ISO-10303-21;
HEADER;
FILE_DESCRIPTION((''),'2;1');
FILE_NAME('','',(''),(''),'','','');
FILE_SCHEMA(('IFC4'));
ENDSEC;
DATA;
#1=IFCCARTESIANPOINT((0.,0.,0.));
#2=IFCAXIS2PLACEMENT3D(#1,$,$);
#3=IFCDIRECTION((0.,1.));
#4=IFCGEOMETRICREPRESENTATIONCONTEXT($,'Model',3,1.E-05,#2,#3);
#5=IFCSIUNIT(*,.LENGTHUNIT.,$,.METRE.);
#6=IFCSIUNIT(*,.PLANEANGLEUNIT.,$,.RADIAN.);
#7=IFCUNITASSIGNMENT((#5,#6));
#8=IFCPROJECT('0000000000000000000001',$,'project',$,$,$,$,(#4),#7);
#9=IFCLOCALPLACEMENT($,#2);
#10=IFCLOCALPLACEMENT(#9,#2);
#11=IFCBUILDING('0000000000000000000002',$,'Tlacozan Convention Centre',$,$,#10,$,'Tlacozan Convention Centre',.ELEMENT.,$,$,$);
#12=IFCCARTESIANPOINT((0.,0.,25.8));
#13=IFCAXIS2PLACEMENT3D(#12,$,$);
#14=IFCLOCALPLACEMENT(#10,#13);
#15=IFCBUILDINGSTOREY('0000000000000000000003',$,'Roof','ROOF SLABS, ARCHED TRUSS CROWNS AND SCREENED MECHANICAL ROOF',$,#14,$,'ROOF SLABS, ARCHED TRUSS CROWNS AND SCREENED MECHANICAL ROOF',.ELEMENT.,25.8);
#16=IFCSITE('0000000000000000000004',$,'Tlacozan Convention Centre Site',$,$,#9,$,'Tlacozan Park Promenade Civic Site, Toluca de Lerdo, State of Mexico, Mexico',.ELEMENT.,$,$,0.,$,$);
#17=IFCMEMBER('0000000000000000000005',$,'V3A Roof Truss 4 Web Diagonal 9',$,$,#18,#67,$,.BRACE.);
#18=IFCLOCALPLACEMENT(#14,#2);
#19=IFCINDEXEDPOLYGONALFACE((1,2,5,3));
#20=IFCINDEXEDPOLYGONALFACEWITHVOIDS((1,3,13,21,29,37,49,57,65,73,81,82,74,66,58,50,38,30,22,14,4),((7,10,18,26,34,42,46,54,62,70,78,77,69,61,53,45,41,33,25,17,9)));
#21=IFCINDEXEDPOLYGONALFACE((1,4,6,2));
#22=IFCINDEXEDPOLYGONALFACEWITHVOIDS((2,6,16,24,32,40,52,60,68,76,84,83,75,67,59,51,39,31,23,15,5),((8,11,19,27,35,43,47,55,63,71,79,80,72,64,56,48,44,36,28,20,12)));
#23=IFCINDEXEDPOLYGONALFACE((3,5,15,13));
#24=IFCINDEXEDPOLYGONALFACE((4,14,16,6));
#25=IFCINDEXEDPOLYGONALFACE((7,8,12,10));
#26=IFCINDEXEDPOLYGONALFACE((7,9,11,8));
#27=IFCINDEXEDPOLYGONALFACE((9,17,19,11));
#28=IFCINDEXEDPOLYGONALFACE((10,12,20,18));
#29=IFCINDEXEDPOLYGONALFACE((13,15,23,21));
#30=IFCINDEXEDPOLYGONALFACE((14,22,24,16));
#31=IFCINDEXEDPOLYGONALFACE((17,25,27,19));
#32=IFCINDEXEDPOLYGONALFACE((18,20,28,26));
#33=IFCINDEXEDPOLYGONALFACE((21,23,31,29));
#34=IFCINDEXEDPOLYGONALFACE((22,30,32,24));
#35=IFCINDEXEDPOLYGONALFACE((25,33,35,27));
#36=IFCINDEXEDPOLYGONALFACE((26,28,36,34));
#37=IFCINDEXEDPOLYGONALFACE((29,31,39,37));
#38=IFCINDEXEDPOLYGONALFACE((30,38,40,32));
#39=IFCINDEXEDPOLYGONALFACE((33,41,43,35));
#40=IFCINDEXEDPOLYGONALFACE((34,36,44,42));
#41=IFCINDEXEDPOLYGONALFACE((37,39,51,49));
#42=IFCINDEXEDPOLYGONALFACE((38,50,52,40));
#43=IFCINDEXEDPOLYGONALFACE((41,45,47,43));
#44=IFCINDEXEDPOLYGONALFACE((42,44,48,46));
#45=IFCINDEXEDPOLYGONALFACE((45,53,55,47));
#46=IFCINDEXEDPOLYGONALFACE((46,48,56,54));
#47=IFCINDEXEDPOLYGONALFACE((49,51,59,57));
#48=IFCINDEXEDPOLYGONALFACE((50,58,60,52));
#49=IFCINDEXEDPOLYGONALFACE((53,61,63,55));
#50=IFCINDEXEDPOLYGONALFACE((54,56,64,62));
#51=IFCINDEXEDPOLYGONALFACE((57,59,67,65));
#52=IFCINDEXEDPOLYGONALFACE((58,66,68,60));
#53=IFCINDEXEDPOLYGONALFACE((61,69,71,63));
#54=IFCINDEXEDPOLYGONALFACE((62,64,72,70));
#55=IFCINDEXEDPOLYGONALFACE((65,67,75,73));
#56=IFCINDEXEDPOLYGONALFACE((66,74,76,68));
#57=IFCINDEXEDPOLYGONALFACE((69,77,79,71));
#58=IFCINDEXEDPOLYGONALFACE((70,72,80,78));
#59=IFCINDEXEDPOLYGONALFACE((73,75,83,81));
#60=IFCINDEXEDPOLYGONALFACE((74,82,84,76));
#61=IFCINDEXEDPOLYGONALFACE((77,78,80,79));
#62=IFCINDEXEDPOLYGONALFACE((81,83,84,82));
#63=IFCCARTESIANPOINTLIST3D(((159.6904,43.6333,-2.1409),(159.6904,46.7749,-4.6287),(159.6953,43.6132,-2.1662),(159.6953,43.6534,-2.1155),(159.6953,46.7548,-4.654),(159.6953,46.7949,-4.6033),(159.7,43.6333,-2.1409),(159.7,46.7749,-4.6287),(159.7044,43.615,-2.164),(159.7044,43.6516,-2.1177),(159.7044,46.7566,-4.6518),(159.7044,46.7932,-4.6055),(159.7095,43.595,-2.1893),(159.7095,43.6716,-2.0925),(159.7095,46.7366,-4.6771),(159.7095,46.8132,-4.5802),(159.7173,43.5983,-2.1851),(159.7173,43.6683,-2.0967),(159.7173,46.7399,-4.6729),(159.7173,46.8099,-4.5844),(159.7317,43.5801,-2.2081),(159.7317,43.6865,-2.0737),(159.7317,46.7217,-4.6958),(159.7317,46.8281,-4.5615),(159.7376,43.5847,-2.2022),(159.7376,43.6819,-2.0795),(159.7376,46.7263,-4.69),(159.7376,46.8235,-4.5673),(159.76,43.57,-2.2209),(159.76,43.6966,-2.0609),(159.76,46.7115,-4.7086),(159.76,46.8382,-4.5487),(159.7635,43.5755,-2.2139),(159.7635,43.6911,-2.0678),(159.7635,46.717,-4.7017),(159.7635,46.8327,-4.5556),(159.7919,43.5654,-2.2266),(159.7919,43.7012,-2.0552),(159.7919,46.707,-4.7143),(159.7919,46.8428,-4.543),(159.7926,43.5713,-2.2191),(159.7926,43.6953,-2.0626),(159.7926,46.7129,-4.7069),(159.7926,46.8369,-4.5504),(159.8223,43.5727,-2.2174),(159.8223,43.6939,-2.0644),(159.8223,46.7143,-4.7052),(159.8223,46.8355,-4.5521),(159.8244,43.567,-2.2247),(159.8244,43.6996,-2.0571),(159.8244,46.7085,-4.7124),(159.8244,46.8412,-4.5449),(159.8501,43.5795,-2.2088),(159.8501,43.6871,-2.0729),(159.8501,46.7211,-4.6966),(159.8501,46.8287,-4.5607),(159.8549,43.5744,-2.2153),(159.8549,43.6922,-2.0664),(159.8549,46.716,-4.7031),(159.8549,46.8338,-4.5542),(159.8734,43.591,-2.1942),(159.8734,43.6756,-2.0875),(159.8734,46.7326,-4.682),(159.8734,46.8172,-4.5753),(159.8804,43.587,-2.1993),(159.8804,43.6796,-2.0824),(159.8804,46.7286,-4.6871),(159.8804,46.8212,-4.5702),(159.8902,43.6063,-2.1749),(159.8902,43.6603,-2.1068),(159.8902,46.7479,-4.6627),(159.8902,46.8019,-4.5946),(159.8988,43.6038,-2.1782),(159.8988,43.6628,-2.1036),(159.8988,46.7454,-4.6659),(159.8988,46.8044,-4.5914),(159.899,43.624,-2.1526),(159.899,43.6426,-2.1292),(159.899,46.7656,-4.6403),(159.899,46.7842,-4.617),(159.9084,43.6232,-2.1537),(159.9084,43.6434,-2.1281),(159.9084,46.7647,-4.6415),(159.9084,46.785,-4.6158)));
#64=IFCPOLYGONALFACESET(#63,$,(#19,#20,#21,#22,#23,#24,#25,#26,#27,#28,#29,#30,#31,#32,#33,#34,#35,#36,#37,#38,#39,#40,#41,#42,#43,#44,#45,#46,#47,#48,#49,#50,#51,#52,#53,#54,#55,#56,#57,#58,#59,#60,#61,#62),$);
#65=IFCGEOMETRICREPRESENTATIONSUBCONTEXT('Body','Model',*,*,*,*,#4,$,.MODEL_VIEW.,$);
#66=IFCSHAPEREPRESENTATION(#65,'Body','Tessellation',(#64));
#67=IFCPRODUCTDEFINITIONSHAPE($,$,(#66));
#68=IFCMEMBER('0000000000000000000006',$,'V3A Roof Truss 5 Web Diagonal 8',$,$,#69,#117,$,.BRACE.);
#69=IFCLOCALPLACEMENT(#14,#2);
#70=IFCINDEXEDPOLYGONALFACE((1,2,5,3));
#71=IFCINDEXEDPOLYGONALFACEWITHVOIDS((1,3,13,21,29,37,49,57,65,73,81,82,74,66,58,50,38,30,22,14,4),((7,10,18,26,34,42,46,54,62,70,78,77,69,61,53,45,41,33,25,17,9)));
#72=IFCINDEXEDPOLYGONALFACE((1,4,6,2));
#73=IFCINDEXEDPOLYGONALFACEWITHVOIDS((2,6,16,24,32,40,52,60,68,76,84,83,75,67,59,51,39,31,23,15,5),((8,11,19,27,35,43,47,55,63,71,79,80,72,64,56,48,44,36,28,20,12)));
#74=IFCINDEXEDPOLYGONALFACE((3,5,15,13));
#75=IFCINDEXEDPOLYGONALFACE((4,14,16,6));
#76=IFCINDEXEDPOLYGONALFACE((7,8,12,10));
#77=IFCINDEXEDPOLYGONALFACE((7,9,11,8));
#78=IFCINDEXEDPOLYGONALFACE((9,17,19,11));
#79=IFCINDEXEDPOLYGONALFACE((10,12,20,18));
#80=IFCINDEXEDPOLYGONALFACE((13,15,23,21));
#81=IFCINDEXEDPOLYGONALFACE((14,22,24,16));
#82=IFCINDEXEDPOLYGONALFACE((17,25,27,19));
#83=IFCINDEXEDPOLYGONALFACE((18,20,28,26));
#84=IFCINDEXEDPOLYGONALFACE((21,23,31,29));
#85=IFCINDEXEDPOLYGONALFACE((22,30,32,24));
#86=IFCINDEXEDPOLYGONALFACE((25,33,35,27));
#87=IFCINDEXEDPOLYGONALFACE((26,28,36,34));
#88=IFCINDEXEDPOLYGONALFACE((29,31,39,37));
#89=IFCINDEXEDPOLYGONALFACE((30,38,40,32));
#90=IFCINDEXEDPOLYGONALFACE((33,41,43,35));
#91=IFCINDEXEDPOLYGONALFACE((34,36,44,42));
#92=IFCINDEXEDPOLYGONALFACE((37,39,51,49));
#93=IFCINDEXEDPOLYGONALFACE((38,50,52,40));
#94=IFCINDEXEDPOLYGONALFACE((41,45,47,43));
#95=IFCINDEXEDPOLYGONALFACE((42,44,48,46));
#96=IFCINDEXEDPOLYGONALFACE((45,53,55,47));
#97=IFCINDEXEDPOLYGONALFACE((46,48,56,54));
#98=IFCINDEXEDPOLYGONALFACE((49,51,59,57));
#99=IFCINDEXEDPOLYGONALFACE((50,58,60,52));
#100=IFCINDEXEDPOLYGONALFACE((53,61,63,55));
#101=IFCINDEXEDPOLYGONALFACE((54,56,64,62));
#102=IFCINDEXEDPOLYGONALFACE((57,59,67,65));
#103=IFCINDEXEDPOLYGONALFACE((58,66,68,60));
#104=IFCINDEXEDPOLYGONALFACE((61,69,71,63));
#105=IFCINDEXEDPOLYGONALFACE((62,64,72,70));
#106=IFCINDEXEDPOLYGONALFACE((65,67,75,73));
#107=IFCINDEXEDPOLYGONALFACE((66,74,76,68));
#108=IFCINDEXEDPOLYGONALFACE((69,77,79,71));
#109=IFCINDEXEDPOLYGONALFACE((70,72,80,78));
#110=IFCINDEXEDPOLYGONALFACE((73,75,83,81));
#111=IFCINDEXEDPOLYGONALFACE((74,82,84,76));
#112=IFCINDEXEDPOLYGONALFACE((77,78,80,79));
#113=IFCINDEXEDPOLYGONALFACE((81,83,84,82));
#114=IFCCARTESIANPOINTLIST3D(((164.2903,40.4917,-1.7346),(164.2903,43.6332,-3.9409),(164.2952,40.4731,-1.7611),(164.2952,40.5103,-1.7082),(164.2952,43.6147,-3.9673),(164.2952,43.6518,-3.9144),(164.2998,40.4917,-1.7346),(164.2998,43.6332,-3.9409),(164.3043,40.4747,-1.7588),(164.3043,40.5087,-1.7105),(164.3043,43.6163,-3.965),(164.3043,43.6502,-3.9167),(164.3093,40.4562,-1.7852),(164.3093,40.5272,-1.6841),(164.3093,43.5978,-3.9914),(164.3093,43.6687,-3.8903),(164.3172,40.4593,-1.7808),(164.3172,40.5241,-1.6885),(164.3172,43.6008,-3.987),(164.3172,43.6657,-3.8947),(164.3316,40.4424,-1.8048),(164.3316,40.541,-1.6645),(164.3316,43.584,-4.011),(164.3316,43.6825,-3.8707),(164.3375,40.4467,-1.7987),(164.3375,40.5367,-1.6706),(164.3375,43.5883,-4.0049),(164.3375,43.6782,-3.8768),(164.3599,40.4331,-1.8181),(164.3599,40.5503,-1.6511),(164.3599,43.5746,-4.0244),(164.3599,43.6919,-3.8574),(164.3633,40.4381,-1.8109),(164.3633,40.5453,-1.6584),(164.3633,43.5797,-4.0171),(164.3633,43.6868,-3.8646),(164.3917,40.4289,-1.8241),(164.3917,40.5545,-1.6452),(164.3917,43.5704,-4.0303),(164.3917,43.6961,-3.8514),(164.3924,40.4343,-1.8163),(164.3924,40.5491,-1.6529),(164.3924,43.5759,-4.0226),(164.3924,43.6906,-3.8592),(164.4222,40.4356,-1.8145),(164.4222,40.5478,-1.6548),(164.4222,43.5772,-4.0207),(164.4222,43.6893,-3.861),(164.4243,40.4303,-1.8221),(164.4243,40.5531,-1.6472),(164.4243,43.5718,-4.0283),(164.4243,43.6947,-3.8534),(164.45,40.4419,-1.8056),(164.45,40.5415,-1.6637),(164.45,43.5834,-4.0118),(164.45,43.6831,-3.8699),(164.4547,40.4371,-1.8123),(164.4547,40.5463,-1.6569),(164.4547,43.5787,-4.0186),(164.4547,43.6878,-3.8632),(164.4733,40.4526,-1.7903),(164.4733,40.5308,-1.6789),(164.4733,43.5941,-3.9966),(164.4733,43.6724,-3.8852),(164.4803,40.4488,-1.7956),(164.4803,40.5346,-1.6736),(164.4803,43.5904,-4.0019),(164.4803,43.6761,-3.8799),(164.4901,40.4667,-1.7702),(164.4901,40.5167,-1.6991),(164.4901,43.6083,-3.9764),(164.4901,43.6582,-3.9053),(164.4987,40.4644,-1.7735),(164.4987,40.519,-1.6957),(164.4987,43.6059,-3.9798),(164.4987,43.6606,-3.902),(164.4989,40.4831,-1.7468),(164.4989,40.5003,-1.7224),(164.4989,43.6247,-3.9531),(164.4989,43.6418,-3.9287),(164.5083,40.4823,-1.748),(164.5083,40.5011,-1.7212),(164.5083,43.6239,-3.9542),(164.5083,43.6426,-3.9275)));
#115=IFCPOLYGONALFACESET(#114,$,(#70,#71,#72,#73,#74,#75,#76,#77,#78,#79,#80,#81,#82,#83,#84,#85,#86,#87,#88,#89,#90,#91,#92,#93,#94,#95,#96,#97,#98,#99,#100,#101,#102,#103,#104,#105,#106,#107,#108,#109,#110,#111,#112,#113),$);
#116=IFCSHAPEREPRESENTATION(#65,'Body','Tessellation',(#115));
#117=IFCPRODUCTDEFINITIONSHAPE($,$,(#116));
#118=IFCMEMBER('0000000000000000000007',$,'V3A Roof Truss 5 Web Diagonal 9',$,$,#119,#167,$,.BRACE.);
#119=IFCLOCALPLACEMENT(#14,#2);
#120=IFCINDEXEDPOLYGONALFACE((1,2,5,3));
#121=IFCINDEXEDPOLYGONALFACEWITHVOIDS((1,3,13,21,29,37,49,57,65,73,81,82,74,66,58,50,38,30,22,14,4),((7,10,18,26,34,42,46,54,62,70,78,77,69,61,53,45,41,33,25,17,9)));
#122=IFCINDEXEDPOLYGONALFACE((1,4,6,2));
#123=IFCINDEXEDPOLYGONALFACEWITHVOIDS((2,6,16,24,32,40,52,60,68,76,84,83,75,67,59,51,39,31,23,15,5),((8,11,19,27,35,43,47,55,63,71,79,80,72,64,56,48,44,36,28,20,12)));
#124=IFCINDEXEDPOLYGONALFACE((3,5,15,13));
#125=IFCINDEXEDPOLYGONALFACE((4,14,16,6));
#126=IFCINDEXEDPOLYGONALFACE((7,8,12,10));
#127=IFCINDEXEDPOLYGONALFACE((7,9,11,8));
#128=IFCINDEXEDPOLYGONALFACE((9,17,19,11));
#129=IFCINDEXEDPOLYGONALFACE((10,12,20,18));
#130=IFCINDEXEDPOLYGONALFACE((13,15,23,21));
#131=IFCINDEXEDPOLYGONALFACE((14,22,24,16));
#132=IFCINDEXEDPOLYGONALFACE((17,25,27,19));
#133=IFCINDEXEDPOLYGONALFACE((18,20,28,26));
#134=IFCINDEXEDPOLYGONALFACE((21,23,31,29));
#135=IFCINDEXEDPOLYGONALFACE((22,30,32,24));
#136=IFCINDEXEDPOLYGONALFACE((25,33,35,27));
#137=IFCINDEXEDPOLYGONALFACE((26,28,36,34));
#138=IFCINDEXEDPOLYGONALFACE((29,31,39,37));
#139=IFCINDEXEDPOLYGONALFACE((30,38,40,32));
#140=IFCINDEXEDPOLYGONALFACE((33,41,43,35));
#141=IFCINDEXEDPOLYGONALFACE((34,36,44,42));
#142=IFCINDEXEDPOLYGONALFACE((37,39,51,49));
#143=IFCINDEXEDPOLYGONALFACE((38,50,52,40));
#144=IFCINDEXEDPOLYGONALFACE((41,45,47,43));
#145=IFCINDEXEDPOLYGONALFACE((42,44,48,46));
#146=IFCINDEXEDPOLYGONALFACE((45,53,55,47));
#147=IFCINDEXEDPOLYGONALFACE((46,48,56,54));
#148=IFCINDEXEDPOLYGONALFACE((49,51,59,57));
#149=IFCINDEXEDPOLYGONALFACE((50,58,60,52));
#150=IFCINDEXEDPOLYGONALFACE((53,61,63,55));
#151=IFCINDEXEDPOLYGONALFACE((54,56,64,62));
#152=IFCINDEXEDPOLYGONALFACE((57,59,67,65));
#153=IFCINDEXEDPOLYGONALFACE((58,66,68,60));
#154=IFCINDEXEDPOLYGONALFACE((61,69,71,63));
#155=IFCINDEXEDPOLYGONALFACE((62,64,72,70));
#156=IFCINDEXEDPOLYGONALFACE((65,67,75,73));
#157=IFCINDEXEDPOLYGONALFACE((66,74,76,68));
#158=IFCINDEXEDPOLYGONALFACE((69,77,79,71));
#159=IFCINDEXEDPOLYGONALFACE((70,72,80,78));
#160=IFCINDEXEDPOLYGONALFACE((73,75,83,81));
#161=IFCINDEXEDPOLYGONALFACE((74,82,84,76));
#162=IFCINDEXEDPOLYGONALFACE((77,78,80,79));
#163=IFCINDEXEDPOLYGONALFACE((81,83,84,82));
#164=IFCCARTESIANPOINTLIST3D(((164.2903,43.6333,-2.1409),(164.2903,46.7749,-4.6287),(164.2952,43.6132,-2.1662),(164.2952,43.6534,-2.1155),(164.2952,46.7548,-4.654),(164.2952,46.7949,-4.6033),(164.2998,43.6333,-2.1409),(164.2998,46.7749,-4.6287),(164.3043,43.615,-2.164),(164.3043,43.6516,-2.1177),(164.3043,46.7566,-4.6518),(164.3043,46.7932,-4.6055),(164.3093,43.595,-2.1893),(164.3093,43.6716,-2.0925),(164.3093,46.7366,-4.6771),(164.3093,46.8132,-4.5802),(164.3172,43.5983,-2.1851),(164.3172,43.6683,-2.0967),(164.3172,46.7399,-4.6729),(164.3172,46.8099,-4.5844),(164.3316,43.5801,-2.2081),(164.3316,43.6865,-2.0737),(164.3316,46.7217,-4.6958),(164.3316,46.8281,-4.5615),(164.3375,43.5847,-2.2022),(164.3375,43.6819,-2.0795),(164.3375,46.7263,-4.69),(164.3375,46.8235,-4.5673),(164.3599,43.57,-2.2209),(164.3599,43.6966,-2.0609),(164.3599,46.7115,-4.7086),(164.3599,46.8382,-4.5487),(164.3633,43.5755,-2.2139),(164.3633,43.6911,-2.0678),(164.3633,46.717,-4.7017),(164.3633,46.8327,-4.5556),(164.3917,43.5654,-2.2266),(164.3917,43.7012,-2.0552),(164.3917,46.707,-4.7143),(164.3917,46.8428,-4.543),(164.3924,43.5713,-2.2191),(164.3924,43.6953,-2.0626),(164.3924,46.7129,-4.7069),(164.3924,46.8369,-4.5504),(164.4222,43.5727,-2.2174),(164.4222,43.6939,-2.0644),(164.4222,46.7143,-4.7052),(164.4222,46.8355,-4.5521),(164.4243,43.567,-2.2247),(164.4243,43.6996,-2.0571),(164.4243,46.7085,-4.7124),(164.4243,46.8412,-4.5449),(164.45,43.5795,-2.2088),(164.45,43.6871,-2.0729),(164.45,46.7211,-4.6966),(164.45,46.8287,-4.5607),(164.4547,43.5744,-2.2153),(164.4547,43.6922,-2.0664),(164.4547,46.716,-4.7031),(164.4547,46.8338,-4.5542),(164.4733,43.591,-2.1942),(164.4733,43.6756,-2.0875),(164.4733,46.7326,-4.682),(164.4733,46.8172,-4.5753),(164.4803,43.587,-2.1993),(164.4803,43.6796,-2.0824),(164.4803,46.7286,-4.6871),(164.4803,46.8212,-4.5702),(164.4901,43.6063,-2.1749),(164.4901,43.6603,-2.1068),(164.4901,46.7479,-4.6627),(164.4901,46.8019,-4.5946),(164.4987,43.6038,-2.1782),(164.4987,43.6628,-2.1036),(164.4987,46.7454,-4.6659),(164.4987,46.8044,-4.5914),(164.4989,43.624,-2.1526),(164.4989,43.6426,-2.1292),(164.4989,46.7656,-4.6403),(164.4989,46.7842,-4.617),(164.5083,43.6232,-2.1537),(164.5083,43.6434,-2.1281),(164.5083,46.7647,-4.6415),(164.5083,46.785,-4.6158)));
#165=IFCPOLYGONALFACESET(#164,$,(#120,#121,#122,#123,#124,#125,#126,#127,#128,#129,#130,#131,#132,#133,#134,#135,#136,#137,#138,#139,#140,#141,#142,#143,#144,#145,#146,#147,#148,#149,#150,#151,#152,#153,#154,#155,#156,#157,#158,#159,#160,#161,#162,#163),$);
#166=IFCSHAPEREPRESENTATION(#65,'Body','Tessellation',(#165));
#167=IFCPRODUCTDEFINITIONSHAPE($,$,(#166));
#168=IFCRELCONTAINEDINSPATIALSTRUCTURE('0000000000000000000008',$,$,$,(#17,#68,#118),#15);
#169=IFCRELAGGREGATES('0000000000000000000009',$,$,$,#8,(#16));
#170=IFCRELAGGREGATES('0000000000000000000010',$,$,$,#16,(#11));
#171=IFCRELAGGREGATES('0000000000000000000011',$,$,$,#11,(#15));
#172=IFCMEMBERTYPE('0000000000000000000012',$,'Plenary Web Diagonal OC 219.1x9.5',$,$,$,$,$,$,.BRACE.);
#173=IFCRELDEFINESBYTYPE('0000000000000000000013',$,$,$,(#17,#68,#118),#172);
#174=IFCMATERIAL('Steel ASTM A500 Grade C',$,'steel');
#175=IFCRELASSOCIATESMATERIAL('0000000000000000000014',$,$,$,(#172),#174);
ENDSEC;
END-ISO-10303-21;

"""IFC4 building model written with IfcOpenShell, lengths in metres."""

from ifc_helpers import new_model, si_unit, direction, frame, origin, origin_2d, place, context, subcontext, project, spatial, hollow_circle, extrude, material, material_profile, profile_set, type_object, element, save


model = new_model("IFC4")

# Units and contexts
model_context = context("Model", 3, precision=1e-05, world=origin(), true_north=direction((0.0, 1.0)))
body_context = subcontext(model_context, "Body", "Model", "MODEL_VIEW")
ifc_project = project(units=[si_unit("LENGTHUNIT", "METRE"), si_unit("PLANEANGLEUNIT", "RADIAN")], contexts=[model_context])

# Site, building, storey
site_placement = place(None, origin())
site = spatial("IfcSite", under=ifc_project, at=site_placement, Name="Tlacozan Convention Centre Site", LongName="Tlacozan Park Promenade Civic Site, Toluca de Lerdo, State of Mexico, Mexico", CompositionType="ELEMENT", RefElevation=0.0)
building_placement = place(site_placement, origin())
building = spatial("IfcBuilding", under=site, at=building_placement, Name="Tlacozan Convention Centre", LongName="Tlacozan Convention Centre", CompositionType="ELEMENT")
storey_placement = place(building_placement, frame((0.0, 0.0, 25.8)))
storey = spatial("IfcBuildingStorey", under=building, at=storey_placement, Name="Roof", Description="ROOF SLABS, ARCHED TRUSS CROWNS AND SCREENED MECHANICAL ROOF", LongName="ROOF SLABS, ARCHED TRUSS CROWNS AND SCREENED MECHANICAL ROOF", CompositionType="ELEMENT", Elevation=25.8)

# Members
ifc_material_1 = material(Name="Steel ASTM A500 Grade C", Category="steel")
ifc_material_profile_1 = material_profile(ifc_material_1, hollow_circle(Radius=0.1096, WallThickness=0.0095, at=origin_2d()), Name="OC 219.1x9.5")
ifc_profile_set_1 = profile_set([ifc_material_profile_1], Name="Steel ASTM A500 Grade C")
member_type_1 = type_object("IfcMemberType", Name="Plenary Web Diagonal OC 219.1x9.5", PredefinedType="BRACE", material=ifc_profile_set_1)
member_1_placement = place(storey_placement, frame((159.8, 43.6333, -2.1409), z_axis=(0.0, 0.783962, -0.620809), x_axis=(-1.0, 0.0, 0.0)))
element("IfcMember", 1, at=member_1_placement, inside=storey, type_object=member_type_1, Name="V3A Roof Truss 4 Web Diagonal 9", PredefinedType="BRACE", context=body_context, shape_type="SweptSolid", body=[
    extrude(hollow_circle(Radius=0.1096, WallThickness=0.0095, at=origin_2d()), origin(), (0.0, 0.0, 1.0), 4.0073),
])
member_2_placement = place(storey_placement, frame((164.3999, 40.4917, -1.7346), z_axis=(0.0, 0.818353, -0.574717), x_axis=(-1.0, 0.0, 0.0)))
element("IfcMember", 2, at=member_2_placement, inside=storey, type_object=member_type_1, Name="V3A Roof Truss 5 Web Diagonal 8", PredefinedType="BRACE", context=body_context, shape_type="SweptSolid", body=[
    extrude(hollow_circle(Radius=0.1096, WallThickness=0.0095, at=origin_2d()), origin(), (0.0, 0.0, 1.0), 3.8389),
])
member_3_placement = place(storey_placement, frame((164.3999, 43.6333, -2.1409), z_axis=(0.0, 0.783962, -0.620809), x_axis=(-1.0, 0.0, 0.0)))
element("IfcMember", 3, at=member_3_placement, inside=storey, type_object=member_type_1, Name="V3A Roof Truss 5 Web Diagonal 9", PredefinedType="BRACE", context=body_context, shape_type="SweptSolid", body=[
    extrude(hollow_circle(Radius=0.1096, WallThickness=0.0095, at=origin_2d()), origin(), (0.0, 0.0, 1.0), 4.0073),
])

save(model, "model.ifc")
